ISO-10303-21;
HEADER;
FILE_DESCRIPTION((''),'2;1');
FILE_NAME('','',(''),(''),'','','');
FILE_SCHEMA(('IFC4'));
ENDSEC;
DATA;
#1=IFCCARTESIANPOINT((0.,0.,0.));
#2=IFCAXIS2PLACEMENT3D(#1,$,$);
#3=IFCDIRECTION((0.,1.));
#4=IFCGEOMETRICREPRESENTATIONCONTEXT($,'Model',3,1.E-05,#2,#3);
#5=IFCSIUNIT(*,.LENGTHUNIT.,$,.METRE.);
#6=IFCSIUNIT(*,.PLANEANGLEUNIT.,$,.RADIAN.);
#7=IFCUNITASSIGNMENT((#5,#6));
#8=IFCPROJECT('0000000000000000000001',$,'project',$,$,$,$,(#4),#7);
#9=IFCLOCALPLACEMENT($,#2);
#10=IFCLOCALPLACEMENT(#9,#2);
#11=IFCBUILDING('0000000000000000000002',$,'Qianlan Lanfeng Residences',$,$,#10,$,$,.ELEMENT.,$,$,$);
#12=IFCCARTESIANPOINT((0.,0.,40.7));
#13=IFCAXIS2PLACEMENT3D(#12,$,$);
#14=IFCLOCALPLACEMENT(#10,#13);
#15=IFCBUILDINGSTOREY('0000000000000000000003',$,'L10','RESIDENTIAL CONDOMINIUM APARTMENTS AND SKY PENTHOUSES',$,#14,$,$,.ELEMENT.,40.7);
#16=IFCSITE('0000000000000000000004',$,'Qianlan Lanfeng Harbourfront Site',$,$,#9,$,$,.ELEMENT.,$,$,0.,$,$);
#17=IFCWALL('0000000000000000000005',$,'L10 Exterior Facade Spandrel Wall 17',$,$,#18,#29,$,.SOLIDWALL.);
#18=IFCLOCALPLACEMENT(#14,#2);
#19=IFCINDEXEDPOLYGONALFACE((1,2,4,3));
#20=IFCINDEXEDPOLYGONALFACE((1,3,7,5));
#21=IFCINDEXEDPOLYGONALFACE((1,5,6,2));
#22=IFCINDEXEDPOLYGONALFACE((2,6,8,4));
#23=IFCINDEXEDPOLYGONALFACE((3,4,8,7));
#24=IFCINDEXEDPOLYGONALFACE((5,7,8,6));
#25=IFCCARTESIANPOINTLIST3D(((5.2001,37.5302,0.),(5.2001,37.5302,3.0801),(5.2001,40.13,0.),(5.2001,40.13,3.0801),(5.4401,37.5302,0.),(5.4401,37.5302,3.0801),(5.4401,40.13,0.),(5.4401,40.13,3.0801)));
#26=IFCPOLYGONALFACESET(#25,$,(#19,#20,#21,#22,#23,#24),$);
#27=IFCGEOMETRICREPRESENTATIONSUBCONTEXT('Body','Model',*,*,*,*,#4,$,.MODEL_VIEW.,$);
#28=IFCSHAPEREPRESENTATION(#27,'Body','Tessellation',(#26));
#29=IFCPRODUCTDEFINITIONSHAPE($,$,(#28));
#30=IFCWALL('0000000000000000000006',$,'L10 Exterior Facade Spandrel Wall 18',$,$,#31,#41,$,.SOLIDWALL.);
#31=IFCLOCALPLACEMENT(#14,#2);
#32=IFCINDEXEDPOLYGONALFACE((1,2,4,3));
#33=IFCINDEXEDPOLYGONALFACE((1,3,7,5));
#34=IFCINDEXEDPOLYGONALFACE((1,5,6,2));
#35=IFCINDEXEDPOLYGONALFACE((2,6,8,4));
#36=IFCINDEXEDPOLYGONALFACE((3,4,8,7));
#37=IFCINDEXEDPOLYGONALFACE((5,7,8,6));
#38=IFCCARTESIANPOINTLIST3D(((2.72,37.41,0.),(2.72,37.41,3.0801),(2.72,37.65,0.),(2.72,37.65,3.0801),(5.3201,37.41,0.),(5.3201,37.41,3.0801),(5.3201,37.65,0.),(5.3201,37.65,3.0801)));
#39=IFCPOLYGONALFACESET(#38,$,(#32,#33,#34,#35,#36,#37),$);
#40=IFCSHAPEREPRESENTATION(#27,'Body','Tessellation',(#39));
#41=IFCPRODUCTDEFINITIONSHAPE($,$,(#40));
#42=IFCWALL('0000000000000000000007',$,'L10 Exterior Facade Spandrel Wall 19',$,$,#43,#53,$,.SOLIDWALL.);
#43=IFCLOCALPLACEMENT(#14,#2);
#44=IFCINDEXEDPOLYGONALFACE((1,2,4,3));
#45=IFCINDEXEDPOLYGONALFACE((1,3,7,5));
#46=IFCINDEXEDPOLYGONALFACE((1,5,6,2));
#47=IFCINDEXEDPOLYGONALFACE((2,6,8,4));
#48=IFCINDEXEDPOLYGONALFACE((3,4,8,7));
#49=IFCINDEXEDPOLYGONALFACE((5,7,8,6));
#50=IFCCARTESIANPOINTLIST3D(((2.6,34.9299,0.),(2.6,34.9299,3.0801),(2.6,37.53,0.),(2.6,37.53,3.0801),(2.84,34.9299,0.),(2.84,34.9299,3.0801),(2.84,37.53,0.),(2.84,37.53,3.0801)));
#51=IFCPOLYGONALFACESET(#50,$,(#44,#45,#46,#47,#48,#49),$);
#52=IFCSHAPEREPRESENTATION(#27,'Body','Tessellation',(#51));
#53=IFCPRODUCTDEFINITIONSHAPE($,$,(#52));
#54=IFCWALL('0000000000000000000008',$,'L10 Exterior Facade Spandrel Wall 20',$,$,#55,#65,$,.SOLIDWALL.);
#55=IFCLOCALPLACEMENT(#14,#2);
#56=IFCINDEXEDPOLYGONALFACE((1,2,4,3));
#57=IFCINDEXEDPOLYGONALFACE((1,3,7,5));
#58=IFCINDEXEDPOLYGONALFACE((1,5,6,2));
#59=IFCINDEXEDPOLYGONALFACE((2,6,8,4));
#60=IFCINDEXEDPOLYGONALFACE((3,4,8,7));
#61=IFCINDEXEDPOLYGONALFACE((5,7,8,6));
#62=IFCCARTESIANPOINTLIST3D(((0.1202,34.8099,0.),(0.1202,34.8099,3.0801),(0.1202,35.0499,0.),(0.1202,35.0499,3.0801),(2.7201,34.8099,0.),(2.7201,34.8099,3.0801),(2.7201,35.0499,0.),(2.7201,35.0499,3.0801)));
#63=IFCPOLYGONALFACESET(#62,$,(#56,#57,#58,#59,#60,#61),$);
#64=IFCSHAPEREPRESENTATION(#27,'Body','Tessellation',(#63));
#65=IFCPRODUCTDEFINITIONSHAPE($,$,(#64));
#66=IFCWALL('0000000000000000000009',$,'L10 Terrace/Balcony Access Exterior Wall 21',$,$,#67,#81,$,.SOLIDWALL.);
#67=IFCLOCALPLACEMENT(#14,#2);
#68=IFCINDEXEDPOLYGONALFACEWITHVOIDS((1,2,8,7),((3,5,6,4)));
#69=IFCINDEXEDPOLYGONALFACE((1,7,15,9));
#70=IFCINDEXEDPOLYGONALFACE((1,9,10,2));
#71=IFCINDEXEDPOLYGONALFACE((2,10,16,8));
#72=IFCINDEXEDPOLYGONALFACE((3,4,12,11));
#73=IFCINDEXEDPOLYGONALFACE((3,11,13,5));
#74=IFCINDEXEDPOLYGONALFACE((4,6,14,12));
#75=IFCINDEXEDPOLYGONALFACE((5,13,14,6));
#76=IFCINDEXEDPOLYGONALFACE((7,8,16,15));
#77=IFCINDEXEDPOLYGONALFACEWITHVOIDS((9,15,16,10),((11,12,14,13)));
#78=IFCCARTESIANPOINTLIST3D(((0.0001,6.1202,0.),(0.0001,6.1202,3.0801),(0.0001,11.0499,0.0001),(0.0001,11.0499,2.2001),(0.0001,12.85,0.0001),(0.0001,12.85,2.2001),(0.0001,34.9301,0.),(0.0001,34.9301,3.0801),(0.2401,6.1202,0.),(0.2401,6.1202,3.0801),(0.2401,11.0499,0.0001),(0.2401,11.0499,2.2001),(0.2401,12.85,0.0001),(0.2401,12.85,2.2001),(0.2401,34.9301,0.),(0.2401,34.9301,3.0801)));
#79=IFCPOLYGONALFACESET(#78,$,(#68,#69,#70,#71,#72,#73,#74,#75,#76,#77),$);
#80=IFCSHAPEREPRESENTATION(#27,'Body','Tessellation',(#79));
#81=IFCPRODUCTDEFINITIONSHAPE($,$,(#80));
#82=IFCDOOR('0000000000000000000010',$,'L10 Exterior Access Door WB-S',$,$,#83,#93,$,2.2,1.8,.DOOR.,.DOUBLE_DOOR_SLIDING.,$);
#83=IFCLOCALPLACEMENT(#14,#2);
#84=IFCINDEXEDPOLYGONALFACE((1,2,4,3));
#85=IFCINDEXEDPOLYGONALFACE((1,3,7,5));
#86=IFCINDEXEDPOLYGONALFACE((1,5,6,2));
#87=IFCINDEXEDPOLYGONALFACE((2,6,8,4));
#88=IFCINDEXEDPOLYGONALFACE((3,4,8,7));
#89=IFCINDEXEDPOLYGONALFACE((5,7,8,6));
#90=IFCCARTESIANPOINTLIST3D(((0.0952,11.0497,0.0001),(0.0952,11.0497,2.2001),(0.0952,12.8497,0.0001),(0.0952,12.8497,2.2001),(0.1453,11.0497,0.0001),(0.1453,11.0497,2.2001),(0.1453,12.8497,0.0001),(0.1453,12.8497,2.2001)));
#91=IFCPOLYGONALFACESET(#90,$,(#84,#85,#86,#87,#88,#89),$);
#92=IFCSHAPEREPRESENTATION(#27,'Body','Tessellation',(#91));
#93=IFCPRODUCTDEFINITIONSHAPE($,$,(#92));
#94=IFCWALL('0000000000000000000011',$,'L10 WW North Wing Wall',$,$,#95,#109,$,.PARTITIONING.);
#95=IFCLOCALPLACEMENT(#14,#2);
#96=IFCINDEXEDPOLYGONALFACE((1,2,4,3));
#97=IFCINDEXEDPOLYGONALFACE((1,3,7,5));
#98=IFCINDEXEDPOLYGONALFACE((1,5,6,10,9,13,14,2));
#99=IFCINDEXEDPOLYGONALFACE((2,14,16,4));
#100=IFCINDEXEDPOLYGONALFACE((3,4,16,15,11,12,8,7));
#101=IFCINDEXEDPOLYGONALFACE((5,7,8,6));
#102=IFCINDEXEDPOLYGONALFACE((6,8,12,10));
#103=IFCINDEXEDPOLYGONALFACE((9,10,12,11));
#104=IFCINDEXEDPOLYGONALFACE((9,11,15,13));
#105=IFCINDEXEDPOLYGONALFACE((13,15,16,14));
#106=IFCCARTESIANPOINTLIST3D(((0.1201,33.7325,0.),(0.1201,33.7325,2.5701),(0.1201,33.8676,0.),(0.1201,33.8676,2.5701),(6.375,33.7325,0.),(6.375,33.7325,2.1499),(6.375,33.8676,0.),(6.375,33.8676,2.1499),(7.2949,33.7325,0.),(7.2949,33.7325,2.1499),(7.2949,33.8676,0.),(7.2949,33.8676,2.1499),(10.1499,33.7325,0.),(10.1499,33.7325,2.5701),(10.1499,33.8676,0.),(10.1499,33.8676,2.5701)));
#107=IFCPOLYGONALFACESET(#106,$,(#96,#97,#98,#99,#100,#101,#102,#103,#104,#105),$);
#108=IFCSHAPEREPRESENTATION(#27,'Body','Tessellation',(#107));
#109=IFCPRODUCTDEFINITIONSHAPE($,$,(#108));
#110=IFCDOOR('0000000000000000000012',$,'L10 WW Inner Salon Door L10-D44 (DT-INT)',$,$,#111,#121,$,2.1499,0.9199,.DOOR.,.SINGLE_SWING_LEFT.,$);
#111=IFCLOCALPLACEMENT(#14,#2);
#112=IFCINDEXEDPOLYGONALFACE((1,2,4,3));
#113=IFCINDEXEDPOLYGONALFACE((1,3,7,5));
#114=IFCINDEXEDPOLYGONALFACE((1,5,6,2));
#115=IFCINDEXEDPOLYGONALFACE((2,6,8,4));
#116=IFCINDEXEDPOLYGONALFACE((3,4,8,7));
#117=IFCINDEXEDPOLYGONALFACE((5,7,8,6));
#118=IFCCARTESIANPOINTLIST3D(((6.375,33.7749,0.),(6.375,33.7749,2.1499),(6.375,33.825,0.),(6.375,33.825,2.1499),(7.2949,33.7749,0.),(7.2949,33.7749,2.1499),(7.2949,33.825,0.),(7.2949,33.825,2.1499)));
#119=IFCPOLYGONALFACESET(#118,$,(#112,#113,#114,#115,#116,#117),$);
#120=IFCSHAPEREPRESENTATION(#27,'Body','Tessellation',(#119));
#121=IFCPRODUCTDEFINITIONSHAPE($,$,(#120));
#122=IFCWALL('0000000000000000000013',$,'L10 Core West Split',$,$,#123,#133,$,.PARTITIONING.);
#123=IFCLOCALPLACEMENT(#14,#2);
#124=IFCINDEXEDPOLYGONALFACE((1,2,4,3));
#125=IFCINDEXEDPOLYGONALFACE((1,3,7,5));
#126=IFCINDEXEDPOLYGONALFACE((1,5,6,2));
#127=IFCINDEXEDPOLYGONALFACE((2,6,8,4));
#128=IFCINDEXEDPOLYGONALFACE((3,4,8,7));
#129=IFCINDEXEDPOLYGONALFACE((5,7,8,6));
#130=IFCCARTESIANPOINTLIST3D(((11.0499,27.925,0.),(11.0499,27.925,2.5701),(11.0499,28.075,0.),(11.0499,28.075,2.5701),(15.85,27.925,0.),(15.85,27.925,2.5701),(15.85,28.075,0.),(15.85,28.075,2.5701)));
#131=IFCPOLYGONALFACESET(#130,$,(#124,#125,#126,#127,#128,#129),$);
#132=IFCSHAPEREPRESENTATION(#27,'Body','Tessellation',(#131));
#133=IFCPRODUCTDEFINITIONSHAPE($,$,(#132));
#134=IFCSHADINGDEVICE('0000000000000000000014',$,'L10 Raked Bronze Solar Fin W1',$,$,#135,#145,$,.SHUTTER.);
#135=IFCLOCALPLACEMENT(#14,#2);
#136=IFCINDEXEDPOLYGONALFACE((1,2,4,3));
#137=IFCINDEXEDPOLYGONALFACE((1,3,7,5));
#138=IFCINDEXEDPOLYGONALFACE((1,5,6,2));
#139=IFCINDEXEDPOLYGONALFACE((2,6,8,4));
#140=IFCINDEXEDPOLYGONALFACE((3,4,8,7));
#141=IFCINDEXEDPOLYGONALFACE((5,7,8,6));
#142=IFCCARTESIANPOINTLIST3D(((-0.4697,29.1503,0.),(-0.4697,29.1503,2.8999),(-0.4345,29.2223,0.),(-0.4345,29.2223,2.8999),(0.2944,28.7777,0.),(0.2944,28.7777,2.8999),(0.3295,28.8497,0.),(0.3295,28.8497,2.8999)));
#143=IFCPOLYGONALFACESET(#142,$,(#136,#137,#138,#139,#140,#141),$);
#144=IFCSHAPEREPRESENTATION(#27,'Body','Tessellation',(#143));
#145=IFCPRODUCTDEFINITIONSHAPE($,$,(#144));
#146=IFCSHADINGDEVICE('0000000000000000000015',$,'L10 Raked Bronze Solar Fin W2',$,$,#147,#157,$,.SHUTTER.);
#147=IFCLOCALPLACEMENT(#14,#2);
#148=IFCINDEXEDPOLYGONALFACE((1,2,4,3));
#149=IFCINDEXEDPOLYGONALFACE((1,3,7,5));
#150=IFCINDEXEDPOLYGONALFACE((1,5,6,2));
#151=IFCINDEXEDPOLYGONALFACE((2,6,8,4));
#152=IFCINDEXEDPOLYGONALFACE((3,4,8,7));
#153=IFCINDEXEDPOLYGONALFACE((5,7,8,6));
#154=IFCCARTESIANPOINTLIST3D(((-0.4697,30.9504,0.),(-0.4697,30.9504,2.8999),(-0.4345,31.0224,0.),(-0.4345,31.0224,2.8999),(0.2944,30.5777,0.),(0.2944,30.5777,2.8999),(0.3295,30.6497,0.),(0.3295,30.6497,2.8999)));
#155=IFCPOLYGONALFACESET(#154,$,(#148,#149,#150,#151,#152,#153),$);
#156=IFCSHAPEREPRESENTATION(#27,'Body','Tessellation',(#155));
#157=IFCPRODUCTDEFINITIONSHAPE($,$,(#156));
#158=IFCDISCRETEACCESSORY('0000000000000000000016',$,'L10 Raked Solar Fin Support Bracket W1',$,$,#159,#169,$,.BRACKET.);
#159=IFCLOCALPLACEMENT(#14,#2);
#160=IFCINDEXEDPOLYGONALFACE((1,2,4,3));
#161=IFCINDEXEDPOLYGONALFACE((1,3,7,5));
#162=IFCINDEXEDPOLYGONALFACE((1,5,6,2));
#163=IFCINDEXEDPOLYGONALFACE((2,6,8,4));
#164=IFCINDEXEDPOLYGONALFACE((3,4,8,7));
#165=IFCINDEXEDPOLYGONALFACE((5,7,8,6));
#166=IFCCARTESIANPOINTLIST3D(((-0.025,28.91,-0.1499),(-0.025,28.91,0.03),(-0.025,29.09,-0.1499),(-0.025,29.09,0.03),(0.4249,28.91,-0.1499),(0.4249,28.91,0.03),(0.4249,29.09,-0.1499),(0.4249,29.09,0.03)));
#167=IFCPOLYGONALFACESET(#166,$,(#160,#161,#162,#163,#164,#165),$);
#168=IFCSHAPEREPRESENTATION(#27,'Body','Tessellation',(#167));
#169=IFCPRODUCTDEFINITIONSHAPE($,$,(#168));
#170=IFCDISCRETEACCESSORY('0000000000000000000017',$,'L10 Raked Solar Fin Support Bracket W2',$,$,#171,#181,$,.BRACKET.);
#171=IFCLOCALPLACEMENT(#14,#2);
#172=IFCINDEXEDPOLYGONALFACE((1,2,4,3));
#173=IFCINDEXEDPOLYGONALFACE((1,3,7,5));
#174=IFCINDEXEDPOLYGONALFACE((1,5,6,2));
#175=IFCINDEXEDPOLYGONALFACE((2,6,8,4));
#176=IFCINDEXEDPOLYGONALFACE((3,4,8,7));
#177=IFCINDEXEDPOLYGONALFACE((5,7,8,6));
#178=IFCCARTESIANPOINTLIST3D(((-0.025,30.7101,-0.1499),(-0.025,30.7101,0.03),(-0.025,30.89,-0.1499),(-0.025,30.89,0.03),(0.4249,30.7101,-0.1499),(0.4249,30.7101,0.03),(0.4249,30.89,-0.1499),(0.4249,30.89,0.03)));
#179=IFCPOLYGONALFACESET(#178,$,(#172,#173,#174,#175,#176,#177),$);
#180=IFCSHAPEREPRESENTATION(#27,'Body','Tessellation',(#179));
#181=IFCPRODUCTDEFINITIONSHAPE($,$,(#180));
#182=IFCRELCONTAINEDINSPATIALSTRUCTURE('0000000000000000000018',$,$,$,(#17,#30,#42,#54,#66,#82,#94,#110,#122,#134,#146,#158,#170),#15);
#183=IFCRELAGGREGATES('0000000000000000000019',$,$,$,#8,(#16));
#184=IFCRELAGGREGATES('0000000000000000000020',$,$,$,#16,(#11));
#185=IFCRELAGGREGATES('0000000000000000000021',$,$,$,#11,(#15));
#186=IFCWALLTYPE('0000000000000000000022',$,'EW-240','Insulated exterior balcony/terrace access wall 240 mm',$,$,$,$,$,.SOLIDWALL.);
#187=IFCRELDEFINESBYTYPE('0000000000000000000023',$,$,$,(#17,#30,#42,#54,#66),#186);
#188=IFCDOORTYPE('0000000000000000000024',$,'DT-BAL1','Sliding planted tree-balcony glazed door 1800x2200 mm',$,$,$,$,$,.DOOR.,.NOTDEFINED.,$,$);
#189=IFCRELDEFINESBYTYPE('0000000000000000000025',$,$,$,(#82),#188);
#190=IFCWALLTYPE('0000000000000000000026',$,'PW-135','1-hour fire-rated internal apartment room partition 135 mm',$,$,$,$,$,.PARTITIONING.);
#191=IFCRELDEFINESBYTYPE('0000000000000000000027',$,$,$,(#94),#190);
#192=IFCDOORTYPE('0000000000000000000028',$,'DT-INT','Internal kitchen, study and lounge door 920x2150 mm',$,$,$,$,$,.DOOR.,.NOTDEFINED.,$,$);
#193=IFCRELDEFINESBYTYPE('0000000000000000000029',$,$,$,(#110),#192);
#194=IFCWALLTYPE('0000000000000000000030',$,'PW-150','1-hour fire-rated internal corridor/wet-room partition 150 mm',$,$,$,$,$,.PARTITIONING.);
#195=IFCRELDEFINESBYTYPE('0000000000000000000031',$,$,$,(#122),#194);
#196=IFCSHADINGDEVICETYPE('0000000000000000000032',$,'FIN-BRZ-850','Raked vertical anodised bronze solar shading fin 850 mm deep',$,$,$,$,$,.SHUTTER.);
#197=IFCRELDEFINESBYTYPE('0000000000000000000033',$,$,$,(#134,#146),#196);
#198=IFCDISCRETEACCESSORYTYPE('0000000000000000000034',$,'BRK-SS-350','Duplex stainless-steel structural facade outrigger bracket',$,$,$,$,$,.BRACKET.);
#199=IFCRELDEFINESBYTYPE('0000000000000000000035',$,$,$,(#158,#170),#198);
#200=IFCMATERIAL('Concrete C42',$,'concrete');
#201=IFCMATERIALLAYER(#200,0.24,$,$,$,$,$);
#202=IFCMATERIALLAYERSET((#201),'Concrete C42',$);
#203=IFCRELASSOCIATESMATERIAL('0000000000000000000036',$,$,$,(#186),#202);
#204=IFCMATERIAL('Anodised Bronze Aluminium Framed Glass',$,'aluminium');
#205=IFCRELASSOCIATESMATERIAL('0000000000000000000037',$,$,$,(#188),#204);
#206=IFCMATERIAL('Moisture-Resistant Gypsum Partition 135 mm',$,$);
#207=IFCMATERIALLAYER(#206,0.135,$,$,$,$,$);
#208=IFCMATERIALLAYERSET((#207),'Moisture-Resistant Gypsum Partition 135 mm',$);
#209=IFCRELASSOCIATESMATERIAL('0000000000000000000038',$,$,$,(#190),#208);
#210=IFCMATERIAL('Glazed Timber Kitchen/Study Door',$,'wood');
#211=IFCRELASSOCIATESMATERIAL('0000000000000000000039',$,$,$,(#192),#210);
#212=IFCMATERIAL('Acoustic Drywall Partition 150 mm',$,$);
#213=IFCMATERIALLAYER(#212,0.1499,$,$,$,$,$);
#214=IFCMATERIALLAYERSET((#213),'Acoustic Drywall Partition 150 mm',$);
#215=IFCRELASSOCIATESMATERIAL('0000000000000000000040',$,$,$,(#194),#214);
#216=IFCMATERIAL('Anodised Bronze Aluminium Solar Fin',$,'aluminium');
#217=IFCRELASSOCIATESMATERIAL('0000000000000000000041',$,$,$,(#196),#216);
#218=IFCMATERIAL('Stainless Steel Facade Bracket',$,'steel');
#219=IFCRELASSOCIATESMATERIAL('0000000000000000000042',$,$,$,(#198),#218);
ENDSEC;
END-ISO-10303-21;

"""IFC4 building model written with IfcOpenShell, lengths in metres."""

from ifc_helpers import new_model, si_unit, direction, frame, frame_2d, origin, origin_2d, place, context, subcontext, project, spatial, rectangle, extrude, source, transform, mapped, material, layer, layer_set, type_object, element, fill, save


model = new_model("IFC4")

# Units and contexts
model_context = context("Model", 3, precision=1e-05, world=origin(), true_north=direction((0.0, 1.0)))
body_context = subcontext(model_context, "Body", "Model", "MODEL_VIEW")
ifc_project = project(units=[si_unit("LENGTHUNIT", "METRE"), si_unit("PLANEANGLEUNIT", "RADIAN")], contexts=[model_context])

# Site, building, storey
site_placement = place(None, origin())
site = spatial("IfcSite", under=ifc_project, at=site_placement, Name="Qianlan Lanfeng Harbourfront Site", CompositionType="ELEMENT", RefElevation=0.0)
building_placement = place(site_placement, origin())
building = spatial("IfcBuilding", under=site, at=building_placement, Name="Qianlan Lanfeng Residences", CompositionType="ELEMENT")
storey_placement = place(building_placement, frame((0.0, 0.0, 40.7)))
storey = spatial("IfcBuildingStorey", under=building, at=storey_placement, Name="L10", Description="RESIDENTIAL CONDOMINIUM APARTMENTS AND SKY PENTHOUSES", CompositionType="ELEMENT", Elevation=40.7)

# Walls
ifc_material_1 = material(Name="Concrete C42", Category="concrete")
ifc_layer_1 = layer(ifc_material_1, 0.24)
ifc_layer_set_1 = layer_set([ifc_layer_1], Name="Concrete C42")
wall_type_1 = type_object("IfcWallType", Name="EW-240", Description="Insulated exterior balcony/terrace access wall 240 mm", PredefinedType="SOLIDWALL", material=ifc_layer_set_1)
wall_1_placement = place(storey_placement, frame((5.3201, 40.1299, 0.0), z_axis=(0.0, 0.0, 1.0), x_axis=(0.0, -1.0, 0.0)))
element("IfcWall", 1, at=wall_1_placement, inside=storey, type_object=wall_type_1, Name="L10 Exterior Facade Spandrel Wall 17", PredefinedType="SOLIDWALL", context=body_context, shape_type="SweptSolid", body=[
    extrude(rectangle(XDim=2.5999, YDim=0.24, at=frame_2d((1.2998, 0.0))), origin(), (0.0, 0.0, 1.0), 3.0801),
])
for number, where, z_axis, x_axis, name in (
    (2, (5.3201, 37.53, 0.0), (0.0, 0.0, 1.0), (-1.0, 0.0, 0.0), "L10 Exterior Facade Spandrel Wall 18"),
    (3, (2.72, 37.53, 0.0), (0.0, 0.0, 1.0), (0.0, -1.0, 0.0), "L10 Exterior Facade Spandrel Wall 19"),
):
    element("IfcWall", number, at=place(storey_placement, frame(where, z_axis=z_axis, x_axis=x_axis)), inside=storey, type_object=wall_type_1, Name=name, PredefinedType="SOLIDWALL", context=body_context, shape_type="SweptSolid", body=[
        extrude(rectangle(XDim=2.6001, YDim=0.24, at=frame_2d((1.3, 0.0))), origin(), (0.0, 0.0, 1.0), 3.0801),
    ])
wall_2_placement = place(storey_placement, frame((2.72, 34.9299, 0.0), z_axis=(0.0, 0.0, 1.0), x_axis=(-1.0, 0.0, 0.0)))
element("IfcWall", 4, at=wall_2_placement, inside=storey, type_object=wall_type_1, Name="L10 Exterior Facade Spandrel Wall 20", PredefinedType="SOLIDWALL", context=body_context, shape_type="SweptSolid", body=[
    extrude(rectangle(XDim=2.5999, YDim=0.24, at=frame_2d((1.2998, 0.0))), origin(), (0.0, 0.0, 1.0), 3.0801),
])

# Walls, openings, doors
wall_3_placement = place(storey_placement, frame((0.1201, 34.9299, 0.0), z_axis=(0.0, 0.0, 1.0), x_axis=(0.0, -1.0, 0.0)))
wall_3 = element("IfcWall", 5, at=wall_3_placement, inside=storey, type_object=wall_type_1, Name="L10 Terrace/Balcony Access Exterior Wall 21", PredefinedType="SOLIDWALL", context=body_context, shape_type="SweptSolid", body=[
    extrude(rectangle(XDim=28.8098, YDim=0.24, at=frame_2d((14.4048, 0.0))), origin(), (0.0, 0.0, 1.0), 3.0801),
])
opening_1_placement = place(wall_3_placement, frame((22.0801, 0.0, 0.0)))
opening_1 = element("IfcOpeningElement", 6, at=opening_1_placement, cuts=wall_3, PredefinedType="OPENING", context=body_context, shape_type="SweptSolid", body=[
    extrude(rectangle(XDim=1.8, YDim=2.2, at=frame_2d((0.8999, 1.1001))), frame((0.0, 0.1299, 0.0), z_axis=(0.0, -1.0, 0.0), x_axis=(1.0, 0.0, 0.0)), (0.0, 0.0, 1.0), 0.26),
])
ifc_material_2 = material(Name="Anodised Bronze Aluminium Framed Glass", Category="aluminium")
door_type_1 = type_object("IfcDoorType", Name="DT-BAL1", Description="Sliding planted tree-balcony glazed door 1800x2200 mm", OperationType="NOTDEFINED", PredefinedType="DOOR", material=ifc_material_2)
door_1_placement = place(opening_1_placement, frame((1.8, 0.0, 0.0), z_axis=(0.0, 0.0, 1.0), x_axis=(-1.0, 0.0, 0.0)))
door_1 = element("IfcDoor", 7, at=door_1_placement, inside=storey, type_object=door_type_1, Name="L10 Exterior Access Door WB-S", OperationType="DOUBLE_DOOR_SLIDING", OverallHeight=2.2, OverallWidth=1.8, PredefinedType="DOOR", context=body_context, shape_type="SweptSolid", body=[
    extrude(rectangle(XDim=1.8, YDim=2.2, at=frame_2d((0.8999, 1.1001))), frame((0.0, 0.0249, 0.0), z_axis=(0.0, -1.0, 0.0), x_axis=(1.0, 0.0, 0.0)), (0.0, 0.0, 1.0), 0.05),
])
fill(opening_1, door_1)
ifc_material_3 = material(Name="Moisture-Resistant Gypsum Partition 135 mm")
ifc_layer_2 = layer(ifc_material_3, 0.135)
ifc_layer_set_2 = layer_set([ifc_layer_2], Name="Moisture-Resistant Gypsum Partition 135 mm")
wall_type_2 = type_object("IfcWallType", Name="PW-135", Description="1-hour fire-rated internal apartment room partition 135 mm", PredefinedType="PARTITIONING", material=ifc_layer_set_2)
wall_4_placement = place(storey_placement, frame((0.1201, 33.8, 0.0), z_axis=(0.0, 0.0, 1.0), x_axis=(1.0, 0.0, 0.0)))
wall_4 = element("IfcWall", 8, at=wall_4_placement, inside=storey, type_object=wall_type_2, Name="L10 WW North Wing Wall", PredefinedType="PARTITIONING", context=body_context, shape_type="SweptSolid", body=[
    extrude(rectangle(XDim=10.0298, YDim=0.135, at=frame_2d((5.0149, 0.0))), origin(), (0.0, 0.0, 1.0), 2.5701),
])
opening_2_placement = place(wall_4_placement, frame((6.2549, 0.0, 0.0)))
opening_2 = element("IfcOpeningElement", 9, at=opening_2_placement, cuts=wall_4, PredefinedType="OPENING", context=body_context, shape_type="SweptSolid", body=[
    extrude(rectangle(XDim=0.9199, YDim=2.1499, at=frame_2d((0.46, 1.075))), frame((0.0, 0.0776, 0.0), z_axis=(0.0, -1.0, 0.0), x_axis=(1.0, 0.0, 0.0)), (0.0, 0.0, 1.0), 0.155),
])
ifc_material_4 = material(Name="Glazed Timber Kitchen/Study Door", Category="wood")
door_type_2 = type_object("IfcDoorType", Name="DT-INT", Description="Internal kitchen, study and lounge door 920x2150 mm", OperationType="NOTDEFINED", PredefinedType="DOOR", material=ifc_material_4)
door_2_placement = place(opening_2_placement, origin())
door_2 = element("IfcDoor", 10, at=door_2_placement, inside=storey, type_object=door_type_2, Name="L10 WW Inner Salon Door L10-D44 (DT-INT)", OperationType="SINGLE_SWING_LEFT", OverallHeight=2.1499, OverallWidth=0.9199, PredefinedType="DOOR", context=body_context, shape_type="SweptSolid", body=[
    extrude(rectangle(XDim=0.9199, YDim=2.1499, at=frame_2d((0.46, 1.075))), frame((0.0, 0.0249, 0.0), z_axis=(0.0, -1.0, 0.0), x_axis=(1.0, 0.0, 0.0)), (0.0, 0.0, 1.0), 0.05),
])
fill(opening_2, door_2)

# Wall
ifc_material_5 = material(Name="Acoustic Drywall Partition 150 mm")
ifc_layer_3 = layer(ifc_material_5, 0.1499)
ifc_layer_set_3 = layer_set([ifc_layer_3], Name="Acoustic Drywall Partition 150 mm")
wall_type_3 = type_object("IfcWallType", Name="PW-150", Description="1-hour fire-rated internal corridor/wet-room partition 150 mm", PredefinedType="PARTITIONING", material=ifc_layer_set_3)
wall_5_placement = place(storey_placement, frame((11.05, 28.0, 0.0), z_axis=(0.0, 0.0, 1.0), x_axis=(1.0, 0.0, 0.0)))
element("IfcWall", 11, at=wall_5_placement, inside=storey, type_object=wall_type_3, Name="L10 Core West Split", PredefinedType="PARTITIONING", context=body_context, shape_type="SweptSolid", body=[
    extrude(rectangle(XDim=4.8, YDim=0.1499, at=frame_2d((2.3999, 0.0))), origin(), (0.0, 0.0, 1.0), 2.5701),
])

# Shading devices
ifc_material_6 = material(Name="Anodised Bronze Aluminium Solar Fin", Category="aluminium")
shading_device_type = type_object("IfcShadingDeviceType", Name="FIN-BRZ-850", Description="Raked vertical anodised bronze solar shading fin 850 mm deep", PredefinedType="SHUTTER", material=ifc_material_6)
shared_shape_1 = source(origin(), body_context, "Body", "SweptSolid", [
    extrude(rectangle(XDim=0.8501, YDim=0.0801, at=origin_2d()), origin(), (0.0, 0.0, 1.0), 2.8999),
])
for number, where, z_axis, x_axis, name in (
    (12, (-0.0701, 29.0, 0.0), (0.0, 0.0, 1.0), (0.898794, -0.438371, 0.0), "L10 Raked Bronze Solar Fin W1"),
    (13, (-0.0701, 30.8, 0.0), (0.0, 0.0, 1.0), (0.898794, -0.438371, 0.0), "L10 Raked Bronze Solar Fin W2"),
):
    element("IfcShadingDevice", number, at=place(storey_placement, frame(where, z_axis=z_axis, x_axis=x_axis)), inside=storey, type_object=shading_device_type, Name=name, PredefinedType="SHUTTER", context=body_context, shape_type="MappedRepresentation", body=[
        mapped(shared_shape_1, transform((0.0, 0.0, 0.0), scale=1.0)),
    ])

# Discrete accessories
ifc_material_7 = material(Name="Stainless Steel Facade Bracket", Category="steel")
discrete_accessory_type = type_object("IfcDiscreteAccessoryType", Name="BRK-SS-350", Description="Duplex stainless-steel structural facade outrigger bracket", PredefinedType="BRACKET", material=ifc_material_7)
shared_shape_2 = source(origin(), body_context, "Body", "SweptSolid", [
    extrude(rectangle(XDim=0.45, YDim=0.1799, at=origin_2d()), origin(), (0.0, 0.0, 1.0), 0.1799),
])
for number, where, z_axis, x_axis, name in (
    (14, (0.2, 29.0, -0.1499), (0.0, 0.0, 1.0), (1.0, 0.0, 0.0), "L10 Raked Solar Fin Support Bracket W1"),
    (15, (0.2, 30.8, -0.1499), (0.0, 0.0, 1.0), (1.0, 0.0, 0.0), "L10 Raked Solar Fin Support Bracket W2"),
):
    element("IfcDiscreteAccessory", number, at=place(storey_placement, frame(where, z_axis=z_axis, x_axis=x_axis)), inside=storey, type_object=discrete_accessory_type, Name=name, PredefinedType="BRACKET", context=body_context, shape_type="MappedRepresentation", body=[
        mapped(shared_shape_2, transform((0.0, 0.0, 0.0), scale=1.0)),
    ])

save(model, "model.ifc")
